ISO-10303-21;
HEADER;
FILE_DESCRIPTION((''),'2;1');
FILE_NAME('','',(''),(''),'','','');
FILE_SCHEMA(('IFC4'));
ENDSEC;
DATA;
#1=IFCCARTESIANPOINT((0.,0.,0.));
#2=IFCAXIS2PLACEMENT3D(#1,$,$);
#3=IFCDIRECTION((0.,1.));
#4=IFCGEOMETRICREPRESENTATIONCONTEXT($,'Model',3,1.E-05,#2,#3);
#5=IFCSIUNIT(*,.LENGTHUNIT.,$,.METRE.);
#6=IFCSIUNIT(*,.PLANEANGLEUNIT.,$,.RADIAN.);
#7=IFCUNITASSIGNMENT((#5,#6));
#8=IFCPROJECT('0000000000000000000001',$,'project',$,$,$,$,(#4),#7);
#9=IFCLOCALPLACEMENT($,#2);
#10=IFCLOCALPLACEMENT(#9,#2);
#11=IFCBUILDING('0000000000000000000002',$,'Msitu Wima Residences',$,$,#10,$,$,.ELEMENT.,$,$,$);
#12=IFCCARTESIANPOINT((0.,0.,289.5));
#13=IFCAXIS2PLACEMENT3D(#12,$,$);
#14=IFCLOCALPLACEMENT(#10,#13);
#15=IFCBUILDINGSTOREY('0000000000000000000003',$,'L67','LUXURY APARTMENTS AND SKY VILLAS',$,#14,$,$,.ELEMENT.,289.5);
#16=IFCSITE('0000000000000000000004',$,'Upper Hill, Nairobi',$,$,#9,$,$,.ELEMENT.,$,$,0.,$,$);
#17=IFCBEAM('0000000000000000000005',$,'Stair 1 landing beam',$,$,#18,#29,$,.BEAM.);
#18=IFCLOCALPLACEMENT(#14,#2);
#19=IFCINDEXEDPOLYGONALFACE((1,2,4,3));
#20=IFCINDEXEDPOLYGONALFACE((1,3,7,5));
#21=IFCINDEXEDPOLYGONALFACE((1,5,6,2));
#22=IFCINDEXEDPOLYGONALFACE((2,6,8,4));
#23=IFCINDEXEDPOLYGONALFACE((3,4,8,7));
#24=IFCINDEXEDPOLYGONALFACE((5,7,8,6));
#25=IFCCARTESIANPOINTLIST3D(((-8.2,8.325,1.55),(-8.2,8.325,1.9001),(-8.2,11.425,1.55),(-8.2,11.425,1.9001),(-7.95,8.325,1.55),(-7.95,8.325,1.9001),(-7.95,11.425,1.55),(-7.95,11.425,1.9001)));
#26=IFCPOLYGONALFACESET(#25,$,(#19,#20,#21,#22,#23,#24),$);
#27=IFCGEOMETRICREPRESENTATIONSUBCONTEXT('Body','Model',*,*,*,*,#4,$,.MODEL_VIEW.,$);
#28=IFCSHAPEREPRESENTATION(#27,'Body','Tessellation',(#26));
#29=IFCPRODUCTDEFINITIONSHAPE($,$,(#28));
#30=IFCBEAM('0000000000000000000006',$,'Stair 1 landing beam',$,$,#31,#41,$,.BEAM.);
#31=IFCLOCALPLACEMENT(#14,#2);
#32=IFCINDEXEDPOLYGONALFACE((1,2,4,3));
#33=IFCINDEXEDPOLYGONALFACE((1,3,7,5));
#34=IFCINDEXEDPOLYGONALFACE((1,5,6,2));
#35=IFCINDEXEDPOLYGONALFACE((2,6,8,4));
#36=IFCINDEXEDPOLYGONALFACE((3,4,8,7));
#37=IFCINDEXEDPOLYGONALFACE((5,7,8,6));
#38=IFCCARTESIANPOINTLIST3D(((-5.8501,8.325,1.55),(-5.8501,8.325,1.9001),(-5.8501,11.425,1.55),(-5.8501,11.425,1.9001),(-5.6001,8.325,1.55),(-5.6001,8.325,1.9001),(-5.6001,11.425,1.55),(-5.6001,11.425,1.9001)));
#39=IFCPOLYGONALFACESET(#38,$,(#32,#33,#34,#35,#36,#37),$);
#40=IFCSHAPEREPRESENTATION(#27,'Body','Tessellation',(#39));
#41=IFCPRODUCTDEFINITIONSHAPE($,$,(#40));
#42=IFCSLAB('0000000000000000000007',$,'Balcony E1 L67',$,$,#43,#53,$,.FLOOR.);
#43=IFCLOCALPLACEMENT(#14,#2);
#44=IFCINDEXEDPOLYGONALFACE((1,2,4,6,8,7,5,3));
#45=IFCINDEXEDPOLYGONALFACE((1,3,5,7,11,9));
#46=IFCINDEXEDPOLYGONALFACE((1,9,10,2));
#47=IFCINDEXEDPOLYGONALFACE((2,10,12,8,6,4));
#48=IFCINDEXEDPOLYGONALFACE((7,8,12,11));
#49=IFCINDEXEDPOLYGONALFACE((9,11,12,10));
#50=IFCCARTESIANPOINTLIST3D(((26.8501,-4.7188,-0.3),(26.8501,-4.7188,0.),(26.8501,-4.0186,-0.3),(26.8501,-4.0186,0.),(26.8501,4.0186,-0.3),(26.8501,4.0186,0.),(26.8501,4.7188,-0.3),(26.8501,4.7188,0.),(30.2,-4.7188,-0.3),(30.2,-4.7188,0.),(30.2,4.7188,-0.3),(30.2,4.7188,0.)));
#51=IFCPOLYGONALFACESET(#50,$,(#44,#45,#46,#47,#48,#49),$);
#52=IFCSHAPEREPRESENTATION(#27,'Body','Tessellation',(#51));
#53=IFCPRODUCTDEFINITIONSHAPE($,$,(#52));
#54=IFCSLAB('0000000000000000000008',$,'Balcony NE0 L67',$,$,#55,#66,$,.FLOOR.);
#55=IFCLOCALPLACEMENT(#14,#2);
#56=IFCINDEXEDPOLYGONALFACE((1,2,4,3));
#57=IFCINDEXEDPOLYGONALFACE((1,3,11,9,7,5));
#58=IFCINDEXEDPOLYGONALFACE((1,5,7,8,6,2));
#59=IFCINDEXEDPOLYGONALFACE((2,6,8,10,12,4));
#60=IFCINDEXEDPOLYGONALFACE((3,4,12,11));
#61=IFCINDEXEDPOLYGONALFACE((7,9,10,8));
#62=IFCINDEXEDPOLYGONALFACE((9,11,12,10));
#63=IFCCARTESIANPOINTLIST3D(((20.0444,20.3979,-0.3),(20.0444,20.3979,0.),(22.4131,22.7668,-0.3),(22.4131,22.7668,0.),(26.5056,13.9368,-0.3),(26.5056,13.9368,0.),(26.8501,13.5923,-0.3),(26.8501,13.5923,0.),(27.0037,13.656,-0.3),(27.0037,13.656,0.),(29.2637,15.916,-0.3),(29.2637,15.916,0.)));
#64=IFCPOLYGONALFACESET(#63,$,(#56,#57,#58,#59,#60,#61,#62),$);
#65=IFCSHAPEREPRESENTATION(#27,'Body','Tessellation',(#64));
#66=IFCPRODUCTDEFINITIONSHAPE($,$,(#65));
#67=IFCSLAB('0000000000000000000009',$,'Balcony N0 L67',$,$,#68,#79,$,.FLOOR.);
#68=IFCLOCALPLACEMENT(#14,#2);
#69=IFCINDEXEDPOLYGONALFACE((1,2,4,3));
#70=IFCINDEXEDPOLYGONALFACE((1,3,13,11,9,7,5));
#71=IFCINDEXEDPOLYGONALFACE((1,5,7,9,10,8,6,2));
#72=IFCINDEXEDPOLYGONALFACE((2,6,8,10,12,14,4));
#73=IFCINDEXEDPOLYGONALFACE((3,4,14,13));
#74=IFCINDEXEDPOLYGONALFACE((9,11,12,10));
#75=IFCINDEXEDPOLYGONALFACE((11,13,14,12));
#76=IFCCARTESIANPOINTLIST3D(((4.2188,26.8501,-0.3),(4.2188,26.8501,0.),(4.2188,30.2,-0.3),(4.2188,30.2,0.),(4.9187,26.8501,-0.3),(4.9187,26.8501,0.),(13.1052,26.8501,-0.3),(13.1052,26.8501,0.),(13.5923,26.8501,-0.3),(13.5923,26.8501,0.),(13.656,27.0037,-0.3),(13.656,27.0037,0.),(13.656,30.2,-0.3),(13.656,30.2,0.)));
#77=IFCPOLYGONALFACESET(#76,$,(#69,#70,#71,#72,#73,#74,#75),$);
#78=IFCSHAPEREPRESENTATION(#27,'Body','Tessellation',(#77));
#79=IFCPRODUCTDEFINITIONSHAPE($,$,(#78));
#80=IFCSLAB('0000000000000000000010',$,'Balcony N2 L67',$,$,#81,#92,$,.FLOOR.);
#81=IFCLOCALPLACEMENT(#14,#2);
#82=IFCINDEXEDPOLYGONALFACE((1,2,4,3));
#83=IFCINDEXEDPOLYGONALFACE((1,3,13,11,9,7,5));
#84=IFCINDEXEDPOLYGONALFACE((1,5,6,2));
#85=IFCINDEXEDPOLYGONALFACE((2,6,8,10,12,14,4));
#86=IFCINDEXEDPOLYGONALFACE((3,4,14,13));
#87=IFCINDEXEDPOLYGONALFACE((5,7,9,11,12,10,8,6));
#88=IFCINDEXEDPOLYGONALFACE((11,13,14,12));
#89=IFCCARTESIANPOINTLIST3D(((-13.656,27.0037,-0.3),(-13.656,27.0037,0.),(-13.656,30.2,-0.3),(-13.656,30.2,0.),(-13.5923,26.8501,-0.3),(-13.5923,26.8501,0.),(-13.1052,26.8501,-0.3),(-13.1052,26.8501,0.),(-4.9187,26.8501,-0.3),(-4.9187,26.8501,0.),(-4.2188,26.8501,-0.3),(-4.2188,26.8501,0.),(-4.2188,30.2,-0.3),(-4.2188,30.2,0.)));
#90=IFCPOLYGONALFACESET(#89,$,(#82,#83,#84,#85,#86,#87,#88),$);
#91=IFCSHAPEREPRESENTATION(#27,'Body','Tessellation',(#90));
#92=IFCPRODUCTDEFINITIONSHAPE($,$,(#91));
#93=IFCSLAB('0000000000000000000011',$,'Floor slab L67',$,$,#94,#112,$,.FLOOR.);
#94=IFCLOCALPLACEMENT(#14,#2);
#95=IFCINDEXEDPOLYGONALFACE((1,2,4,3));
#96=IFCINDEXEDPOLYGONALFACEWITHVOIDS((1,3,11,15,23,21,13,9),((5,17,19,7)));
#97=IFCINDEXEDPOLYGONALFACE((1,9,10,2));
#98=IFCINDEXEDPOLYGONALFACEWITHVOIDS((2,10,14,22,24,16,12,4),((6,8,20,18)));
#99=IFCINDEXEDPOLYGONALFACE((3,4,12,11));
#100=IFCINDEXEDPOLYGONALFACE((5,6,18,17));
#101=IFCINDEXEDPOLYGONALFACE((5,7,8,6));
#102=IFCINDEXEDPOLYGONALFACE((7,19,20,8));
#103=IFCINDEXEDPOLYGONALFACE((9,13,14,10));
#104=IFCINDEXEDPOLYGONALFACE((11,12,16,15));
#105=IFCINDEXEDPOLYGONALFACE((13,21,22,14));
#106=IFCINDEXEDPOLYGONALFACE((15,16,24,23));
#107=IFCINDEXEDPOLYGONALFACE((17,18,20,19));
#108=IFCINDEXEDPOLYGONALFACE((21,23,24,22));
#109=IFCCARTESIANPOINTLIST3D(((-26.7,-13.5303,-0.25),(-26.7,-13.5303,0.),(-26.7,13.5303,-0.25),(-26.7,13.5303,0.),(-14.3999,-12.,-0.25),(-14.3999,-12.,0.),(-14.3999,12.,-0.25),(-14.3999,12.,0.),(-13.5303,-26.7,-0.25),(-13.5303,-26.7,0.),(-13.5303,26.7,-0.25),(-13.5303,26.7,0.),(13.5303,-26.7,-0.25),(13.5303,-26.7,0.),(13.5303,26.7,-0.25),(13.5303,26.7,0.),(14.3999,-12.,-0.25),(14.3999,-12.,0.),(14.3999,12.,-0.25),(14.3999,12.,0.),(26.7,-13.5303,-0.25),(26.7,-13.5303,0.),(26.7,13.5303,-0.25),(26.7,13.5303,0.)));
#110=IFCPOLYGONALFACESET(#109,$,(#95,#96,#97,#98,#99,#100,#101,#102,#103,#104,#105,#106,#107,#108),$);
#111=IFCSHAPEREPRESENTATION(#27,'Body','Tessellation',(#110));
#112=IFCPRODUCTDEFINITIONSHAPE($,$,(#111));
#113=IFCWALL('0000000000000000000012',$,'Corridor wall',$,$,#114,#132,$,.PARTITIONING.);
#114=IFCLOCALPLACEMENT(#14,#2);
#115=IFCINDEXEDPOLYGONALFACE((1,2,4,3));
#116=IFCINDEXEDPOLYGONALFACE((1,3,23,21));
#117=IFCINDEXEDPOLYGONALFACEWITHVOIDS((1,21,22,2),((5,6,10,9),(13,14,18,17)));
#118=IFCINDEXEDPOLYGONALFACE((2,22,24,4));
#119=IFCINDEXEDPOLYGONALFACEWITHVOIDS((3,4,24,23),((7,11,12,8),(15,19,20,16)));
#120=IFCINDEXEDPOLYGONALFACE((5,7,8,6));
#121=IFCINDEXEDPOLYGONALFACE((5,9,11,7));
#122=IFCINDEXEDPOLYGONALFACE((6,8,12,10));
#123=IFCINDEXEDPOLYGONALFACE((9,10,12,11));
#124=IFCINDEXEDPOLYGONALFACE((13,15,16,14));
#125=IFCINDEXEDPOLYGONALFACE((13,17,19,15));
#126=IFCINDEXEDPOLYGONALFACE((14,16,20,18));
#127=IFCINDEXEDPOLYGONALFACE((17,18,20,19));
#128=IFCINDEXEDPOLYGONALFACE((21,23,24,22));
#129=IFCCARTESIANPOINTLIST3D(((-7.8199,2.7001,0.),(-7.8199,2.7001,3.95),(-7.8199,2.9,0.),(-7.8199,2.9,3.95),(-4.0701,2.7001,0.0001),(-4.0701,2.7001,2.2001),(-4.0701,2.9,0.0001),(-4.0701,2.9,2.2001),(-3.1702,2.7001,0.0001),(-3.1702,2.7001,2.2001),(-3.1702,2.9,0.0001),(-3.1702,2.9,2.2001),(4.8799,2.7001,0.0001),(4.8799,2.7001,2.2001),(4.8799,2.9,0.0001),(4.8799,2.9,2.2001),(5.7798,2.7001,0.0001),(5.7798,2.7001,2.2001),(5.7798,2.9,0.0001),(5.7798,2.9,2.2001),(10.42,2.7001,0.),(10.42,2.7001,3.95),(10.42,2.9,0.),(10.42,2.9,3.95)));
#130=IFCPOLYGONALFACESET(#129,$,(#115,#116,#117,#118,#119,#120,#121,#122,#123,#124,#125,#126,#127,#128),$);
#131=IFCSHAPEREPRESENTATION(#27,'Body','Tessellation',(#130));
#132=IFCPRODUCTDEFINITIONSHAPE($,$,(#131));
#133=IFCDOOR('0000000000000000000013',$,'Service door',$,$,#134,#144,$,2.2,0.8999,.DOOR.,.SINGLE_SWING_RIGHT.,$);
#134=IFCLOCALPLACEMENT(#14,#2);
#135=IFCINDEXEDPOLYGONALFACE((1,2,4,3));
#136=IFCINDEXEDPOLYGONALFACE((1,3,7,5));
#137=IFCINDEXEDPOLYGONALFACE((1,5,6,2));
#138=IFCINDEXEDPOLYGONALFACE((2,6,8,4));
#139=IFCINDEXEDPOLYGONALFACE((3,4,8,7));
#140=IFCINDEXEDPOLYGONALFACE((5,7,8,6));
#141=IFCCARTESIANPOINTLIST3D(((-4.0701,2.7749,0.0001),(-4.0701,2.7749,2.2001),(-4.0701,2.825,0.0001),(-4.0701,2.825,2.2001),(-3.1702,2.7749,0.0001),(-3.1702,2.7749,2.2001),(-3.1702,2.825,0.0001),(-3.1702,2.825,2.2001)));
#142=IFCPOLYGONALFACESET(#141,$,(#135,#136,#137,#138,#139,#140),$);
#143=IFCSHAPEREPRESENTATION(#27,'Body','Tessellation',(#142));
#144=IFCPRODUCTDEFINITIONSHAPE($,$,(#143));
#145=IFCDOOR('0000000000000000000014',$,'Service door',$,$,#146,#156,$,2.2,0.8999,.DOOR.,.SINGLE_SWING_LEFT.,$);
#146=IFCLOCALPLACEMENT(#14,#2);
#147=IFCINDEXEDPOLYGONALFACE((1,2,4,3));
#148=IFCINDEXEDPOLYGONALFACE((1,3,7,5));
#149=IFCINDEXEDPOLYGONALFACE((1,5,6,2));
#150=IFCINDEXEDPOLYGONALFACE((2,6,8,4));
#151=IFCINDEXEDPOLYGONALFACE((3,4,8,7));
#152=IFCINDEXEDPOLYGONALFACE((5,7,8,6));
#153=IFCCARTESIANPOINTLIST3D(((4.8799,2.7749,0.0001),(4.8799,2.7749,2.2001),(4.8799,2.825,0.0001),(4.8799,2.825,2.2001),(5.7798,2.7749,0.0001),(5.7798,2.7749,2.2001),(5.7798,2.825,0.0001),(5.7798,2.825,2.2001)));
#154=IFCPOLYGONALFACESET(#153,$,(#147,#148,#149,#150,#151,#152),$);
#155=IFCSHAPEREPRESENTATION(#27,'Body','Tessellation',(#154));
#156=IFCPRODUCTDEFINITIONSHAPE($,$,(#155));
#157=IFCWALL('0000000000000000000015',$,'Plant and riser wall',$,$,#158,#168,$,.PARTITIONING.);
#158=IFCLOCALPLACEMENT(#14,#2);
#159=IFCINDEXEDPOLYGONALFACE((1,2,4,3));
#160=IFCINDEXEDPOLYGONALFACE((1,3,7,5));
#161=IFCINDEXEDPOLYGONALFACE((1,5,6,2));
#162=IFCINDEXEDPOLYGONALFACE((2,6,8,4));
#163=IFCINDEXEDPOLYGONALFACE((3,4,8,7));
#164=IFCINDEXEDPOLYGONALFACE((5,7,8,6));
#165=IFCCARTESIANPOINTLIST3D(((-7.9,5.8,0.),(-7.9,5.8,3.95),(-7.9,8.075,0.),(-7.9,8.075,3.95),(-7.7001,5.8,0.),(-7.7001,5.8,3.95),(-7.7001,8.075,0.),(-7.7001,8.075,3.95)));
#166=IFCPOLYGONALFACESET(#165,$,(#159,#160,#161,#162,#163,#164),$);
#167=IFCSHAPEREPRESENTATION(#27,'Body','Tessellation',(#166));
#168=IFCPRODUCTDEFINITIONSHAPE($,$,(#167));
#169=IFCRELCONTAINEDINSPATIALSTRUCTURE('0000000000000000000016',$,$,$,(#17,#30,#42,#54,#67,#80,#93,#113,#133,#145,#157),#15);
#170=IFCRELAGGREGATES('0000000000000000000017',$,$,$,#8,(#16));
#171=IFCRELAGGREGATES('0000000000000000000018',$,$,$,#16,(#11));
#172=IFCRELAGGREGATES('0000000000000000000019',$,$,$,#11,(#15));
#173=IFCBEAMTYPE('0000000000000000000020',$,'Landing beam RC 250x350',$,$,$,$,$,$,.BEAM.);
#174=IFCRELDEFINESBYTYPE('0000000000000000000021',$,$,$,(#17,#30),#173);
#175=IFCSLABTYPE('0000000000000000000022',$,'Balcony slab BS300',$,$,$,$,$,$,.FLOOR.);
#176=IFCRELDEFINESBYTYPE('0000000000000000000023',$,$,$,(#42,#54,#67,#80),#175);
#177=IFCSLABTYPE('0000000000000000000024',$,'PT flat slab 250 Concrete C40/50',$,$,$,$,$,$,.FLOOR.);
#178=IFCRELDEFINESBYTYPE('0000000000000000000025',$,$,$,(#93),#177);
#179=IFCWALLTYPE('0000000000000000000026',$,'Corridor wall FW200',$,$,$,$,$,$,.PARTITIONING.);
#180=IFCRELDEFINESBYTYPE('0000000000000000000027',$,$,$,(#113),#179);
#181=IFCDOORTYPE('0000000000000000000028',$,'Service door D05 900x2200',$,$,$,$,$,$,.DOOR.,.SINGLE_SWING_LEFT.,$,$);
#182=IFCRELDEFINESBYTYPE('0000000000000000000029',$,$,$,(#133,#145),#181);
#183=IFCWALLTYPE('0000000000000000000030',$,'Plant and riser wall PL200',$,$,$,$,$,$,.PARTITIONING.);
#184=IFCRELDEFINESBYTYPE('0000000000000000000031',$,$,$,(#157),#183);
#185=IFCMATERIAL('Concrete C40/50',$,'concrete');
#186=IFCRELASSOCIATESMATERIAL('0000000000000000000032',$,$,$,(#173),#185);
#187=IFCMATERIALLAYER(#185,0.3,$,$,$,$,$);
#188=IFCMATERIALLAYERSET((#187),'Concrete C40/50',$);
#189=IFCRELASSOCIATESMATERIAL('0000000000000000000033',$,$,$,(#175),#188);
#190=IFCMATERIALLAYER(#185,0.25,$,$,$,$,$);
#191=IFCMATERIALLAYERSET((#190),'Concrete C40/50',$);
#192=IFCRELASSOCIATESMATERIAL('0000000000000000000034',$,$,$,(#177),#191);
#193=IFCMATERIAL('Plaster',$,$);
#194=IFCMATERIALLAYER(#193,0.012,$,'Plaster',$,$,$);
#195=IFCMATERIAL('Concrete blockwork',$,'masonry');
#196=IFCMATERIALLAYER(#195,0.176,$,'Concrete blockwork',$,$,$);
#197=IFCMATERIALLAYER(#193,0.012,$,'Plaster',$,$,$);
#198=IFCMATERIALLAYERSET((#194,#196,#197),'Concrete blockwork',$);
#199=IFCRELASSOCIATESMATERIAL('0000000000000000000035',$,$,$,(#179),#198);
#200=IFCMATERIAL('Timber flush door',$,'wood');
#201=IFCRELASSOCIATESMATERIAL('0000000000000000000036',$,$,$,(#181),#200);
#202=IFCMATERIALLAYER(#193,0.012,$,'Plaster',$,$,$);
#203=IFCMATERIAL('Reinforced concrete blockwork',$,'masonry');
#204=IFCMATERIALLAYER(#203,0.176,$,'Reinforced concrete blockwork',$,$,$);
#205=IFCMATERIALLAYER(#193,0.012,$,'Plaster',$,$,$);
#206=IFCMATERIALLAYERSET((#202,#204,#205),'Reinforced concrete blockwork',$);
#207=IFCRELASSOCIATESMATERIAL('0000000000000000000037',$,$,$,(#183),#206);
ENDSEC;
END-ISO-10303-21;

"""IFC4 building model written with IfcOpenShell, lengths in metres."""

from ifc_helpers import new_model, si_unit, direction, frame, frame_2d, origin, origin_2d, place, context, subcontext, project, spatial, polyline, rectangle, outline, extrude, material, layer, layer_set, material_profile, profile_set, type_object, element, fill, save


model = new_model("IFC4")

# Units and contexts
model_context = context("Model", 3, precision=1e-05, world=origin(), true_north=direction((0.0, 1.0)))
body_context = subcontext(model_context, "Body", "Model", "MODEL_VIEW")
ifc_project = project(units=[si_unit("LENGTHUNIT", "METRE"), si_unit("PLANEANGLEUNIT", "RADIAN")], contexts=[model_context])

# Site, building, storey
site_placement = place(None, origin())
site = spatial("IfcSite", under=ifc_project, at=site_placement, Name="Upper Hill, Nairobi", CompositionType="ELEMENT", RefElevation=0.0)
building_placement = place(site_placement, origin())
building = spatial("IfcBuilding", under=site, at=building_placement, Name="Msitu Wima Residences", CompositionType="ELEMENT")
storey_placement = place(building_placement, frame((0.0, 0.0, 289.5)))
storey = spatial("IfcBuildingStorey", under=building, at=storey_placement, Name="L67", Description="LUXURY APARTMENTS AND SKY VILLAS", CompositionType="ELEMENT", Elevation=289.5)

# Beams
ifc_material_1 = material(Name="Concrete C40/50", Category="concrete")
ifc_material_profile = material_profile(ifc_material_1, rectangle(XDim=0.25, YDim=0.3501, at=origin_2d()), Name="RC 250x350")
ifc_profile_set = profile_set([ifc_material_profile], Name="Concrete C40/50")
beam_type = type_object("IfcBeamType", Name="Landing beam RC 250x350", PredefinedType="BEAM", material=ifc_profile_set)
for number, where, z_axis, x_axis, name in (
    (1, (-8.075, 8.325, 1.7251), (0.0, 1.0, 0.0), (-1.0, 0.0, 0.0), "Stair 1 landing beam"),
    (2, (-5.7251, 8.325, 1.7251), (0.0, 1.0, 0.0), (-1.0, 0.0, 0.0), "Stair 1 landing beam"),
):
    element("IfcBeam", number, at=place(storey_placement, frame(where, z_axis=z_axis, x_axis=x_axis)), inside=storey, type_object=beam_type, Name=name, PredefinedType="BEAM", context=body_context, shape_type="SweptSolid", body=[
        extrude(rectangle(XDim=0.25, YDim=0.3501, at=origin_2d()), origin(), (0.0, 0.0, 1.0), 3.1001),
    ])

# Slabs
ifc_layer_1 = layer(ifc_material_1, 0.3)
ifc_layer_set_1 = layer_set([ifc_layer_1], Name="Concrete C40/50")
slab_type_1 = type_object("IfcSlabType", Name="Balcony slab BS300", PredefinedType="FLOOR", material=ifc_layer_set_1)
slab_1_placement = place(storey_placement, frame((0.0, 0.0, -0.3)))
element("IfcSlab", 3, at=slab_1_placement, inside=storey, type_object=slab_type_1, Name="Balcony E1 L67", PredefinedType="FLOOR", context=body_context, shape_type="SweptSolid", body=[
    extrude(outline(polyline([(26.8501, -4.0186), (26.8501, 4.0186), (26.8501, 4.7188), (30.2, 4.7188), (30.2, -4.7188), (26.8501, -4.7188), (26.8501, -4.0186)])), origin(), (0.0, 0.0, 1.0), 0.3),
])
slab_2_placement = place(storey_placement, frame((0.0, 0.0, -0.3)))
element("IfcSlab", 4, at=slab_2_placement, inside=storey, type_object=slab_type_1, Name="Balcony NE0 L67", PredefinedType="FLOOR", context=body_context, shape_type="SweptSolid", body=[
    extrude(outline(polyline([(26.5056, 13.9368), (26.5056, 13.9368), (20.0444, 20.3979), (22.4131, 22.7668), (29.2637, 15.916), (27.0037, 13.656), (26.8501, 13.5923), (26.5056, 13.9368), (26.5056, 13.9368)])), origin(), (0.0, 0.0, 1.0), 0.3),
])
slab_3_placement = place(storey_placement, frame((0.0, 0.0, -0.3)))
element("IfcSlab", 5, at=slab_3_placement, inside=storey, type_object=slab_type_1, Name="Balcony N0 L67", PredefinedType="FLOOR", context=body_context, shape_type="SweptSolid", body=[
    extrude(outline(polyline([(13.1052, 26.8501), (13.1052, 26.8501), (4.9187, 26.8501), (4.2188, 26.8501), (4.2188, 30.2), (13.656, 30.2), (13.656, 27.0037), (13.5923, 26.8501), (13.1052, 26.8501), (13.1052, 26.8501)])), origin(), (0.0, 0.0, 1.0), 0.3),
])
slab_4_placement = place(storey_placement, frame((0.0, 0.0, -0.3)))
element("IfcSlab", 6, at=slab_4_placement, inside=storey, type_object=slab_type_1, Name="Balcony N2 L67", PredefinedType="FLOOR", context=body_context, shape_type="SweptSolid", body=[
    extrude(outline(polyline([(-13.1052, 26.8501), (-13.1052, 26.8501), (-13.1052, 26.8501), (-13.5923, 26.8501), (-13.656, 27.0037), (-13.656, 30.2), (-4.2188, 30.2), (-4.2188, 26.8501), (-4.9187, 26.8501), (-13.1052, 26.8501)])), origin(), (0.0, 0.0, 1.0), 0.3),
])
ifc_layer_2 = layer(ifc_material_1, 0.25)
ifc_layer_set_2 = layer_set([ifc_layer_2], Name="Concrete C40/50")
slab_type_2 = type_object("IfcSlabType", Name="PT flat slab 250 Concrete C40/50", PredefinedType="FLOOR", material=ifc_layer_set_2)
slab_5_placement = place(storey_placement, frame((0.0, 0.0, -0.25)))
element("IfcSlab", 7, at=slab_5_placement, inside=storey, type_object=slab_type_2, Name="Floor slab L67", PredefinedType="FLOOR", context=body_context, shape_type="SweptSolid", body=[
    extrude(outline(polyline([(26.7, -13.5303), (13.5303, -26.7), (-13.5303, -26.7), (-26.7, -13.5303), (-26.7, 13.5303), (-13.5303, 26.7), (13.5303, 26.7), (26.7, 13.5303), (26.7, -13.5303)]), holes=[polyline([(-14.3999, -12.0), (14.3999, -12.0), (14.3999, 12.0), (-14.3999, 12.0), (-14.3999, -12.0)])]), origin(), (0.0, 0.0, 1.0), 0.25),
])

# Wall, openings, doors
ifc_material_2 = material(Name="Plaster")
ifc_layer_3 = layer(ifc_material_2, 0.012, Name="Plaster")
ifc_material_3 = material(Name="Concrete blockwork", Category="masonry")
ifc_layer_4 = layer(ifc_material_3, 0.176, Name="Concrete blockwork")
ifc_layer_5 = layer(ifc_material_2, 0.012, Name="Plaster")
ifc_layer_set_3 = layer_set([ifc_layer_3, ifc_layer_4, ifc_layer_5], Name="Concrete blockwork")
wall_type_1 = type_object("IfcWallType", Name="Corridor wall FW200", PredefinedType="PARTITIONING", material=ifc_layer_set_3)
wall_1_placement = place(storey_placement, frame((-7.8201, 2.8, 0.0), z_axis=(0.0, 0.0, 1.0), x_axis=(1.0, 0.0, 0.0)))
wall_1 = element("IfcWall", 8, at=wall_1_placement, inside=storey, type_object=wall_type_1, Name="Corridor wall", PredefinedType="PARTITIONING", context=body_context, shape_type="SweptSolid", body=[
    extrude(rectangle(XDim=18.24, YDim=0.2, at=frame_2d((9.1201, 0.0))), origin(), (0.0, 0.0, 1.0), 3.95),
])
opening_1_placement = place(wall_1_placement, frame((3.75, 0.0, 0.0)))
opening_1 = element("IfcOpeningElement", 9, at=opening_1_placement, cuts=wall_1, PredefinedType="OPENING", context=body_context, shape_type="SweptSolid", body=[
    extrude(rectangle(XDim=0.8999, YDim=2.2, at=frame_2d((0.45, 1.1001))), frame((0.0, 0.1099, 0.0), z_axis=(0.0, -1.0, 0.0), x_axis=(1.0, 0.0, 0.0)), (0.0, 0.0, 1.0), 0.22),
])
opening_2_placement = place(wall_1_placement, frame((12.7, 0.0, 0.0)))
opening_2 = element("IfcOpeningElement", 10, at=opening_2_placement, cuts=wall_1, PredefinedType="OPENING", context=body_context, shape_type="SweptSolid", body=[
    extrude(rectangle(XDim=0.8999, YDim=2.2, at=frame_2d((0.45, 1.1001))), frame((0.0, 0.1099, 0.0), z_axis=(0.0, -1.0, 0.0), x_axis=(1.0, 0.0, 0.0)), (0.0, 0.0, 1.0), 0.22),
])
ifc_material_4 = material(Name="Timber flush door", Category="wood")
door_type_1 = type_object("IfcDoorType", Name="Service door D05 900x2200", OperationType="SINGLE_SWING_LEFT", PredefinedType="DOOR", material=ifc_material_4)
door_1_placement = place(opening_1_placement, origin())
door_1 = element("IfcDoor", 11, at=door_1_placement, inside=storey, type_object=door_type_1, Name="Service door", OperationType="SINGLE_SWING_RIGHT", OverallHeight=2.2, OverallWidth=0.8999, PredefinedType="DOOR", context=body_context, shape_type="SweptSolid", body=[
    extrude(rectangle(XDim=0.8999, YDim=2.2, at=frame_2d((0.45, 1.1001))), frame((0.0, 0.0249, 0.0), z_axis=(0.0, -1.0, 0.0), x_axis=(1.0, 0.0, 0.0)), (0.0, 0.0, 1.0), 0.05),
])
fill(opening_1, door_1)
door_2_placement = place(opening_2_placement, origin())
door_2 = element("IfcDoor", 12, at=door_2_placement, inside=storey, type_object=door_type_1, Name="Service door", OperationType="SINGLE_SWING_LEFT", OverallHeight=2.2, OverallWidth=0.8999, PredefinedType="DOOR", context=body_context, shape_type="SweptSolid", body=[
    extrude(rectangle(XDim=0.8999, YDim=2.2, at=frame_2d((0.45, 1.1001))), frame((0.0, 0.0249, 0.0), z_axis=(0.0, -1.0, 0.0), x_axis=(1.0, 0.0, 0.0)), (0.0, 0.0, 1.0), 0.05),
])
fill(opening_2, door_2)

# Wall
ifc_layer_6 = layer(ifc_material_2, 0.012, Name="Plaster")
ifc_material_5 = material(Name="Reinforced concrete blockwork", Category="masonry")
ifc_layer_7 = layer(ifc_material_5, 0.176, Name="Reinforced concrete blockwork")
ifc_layer_8 = layer(ifc_material_2, 0.012, Name="Plaster")
ifc_layer_set_4 = layer_set([ifc_layer_6, ifc_layer_7, ifc_layer_8], Name="Reinforced concrete blockwork")
wall_type_2 = type_object("IfcWallType", Name="Plant and riser wall PL200", PredefinedType="PARTITIONING", material=ifc_layer_set_4)
wall_2_placement = place(storey_placement, frame((-7.8, 5.8, 0.0), z_axis=(0.0, 0.0, 1.0), x_axis=(0.0, 1.0, 0.0)))
element("IfcWall", 13, at=wall_2_placement, inside=storey, type_object=wall_type_2, Name="Plant and riser wall", PredefinedType="PARTITIONING", context=body_context, shape_type="SweptSolid", body=[
    extrude(rectangle(XDim=2.2749, YDim=0.2, at=frame_2d((1.1375, 0.0))), origin(), (0.0, 0.0, 1.0), 3.95),
])

save(model, "model.ifc")
